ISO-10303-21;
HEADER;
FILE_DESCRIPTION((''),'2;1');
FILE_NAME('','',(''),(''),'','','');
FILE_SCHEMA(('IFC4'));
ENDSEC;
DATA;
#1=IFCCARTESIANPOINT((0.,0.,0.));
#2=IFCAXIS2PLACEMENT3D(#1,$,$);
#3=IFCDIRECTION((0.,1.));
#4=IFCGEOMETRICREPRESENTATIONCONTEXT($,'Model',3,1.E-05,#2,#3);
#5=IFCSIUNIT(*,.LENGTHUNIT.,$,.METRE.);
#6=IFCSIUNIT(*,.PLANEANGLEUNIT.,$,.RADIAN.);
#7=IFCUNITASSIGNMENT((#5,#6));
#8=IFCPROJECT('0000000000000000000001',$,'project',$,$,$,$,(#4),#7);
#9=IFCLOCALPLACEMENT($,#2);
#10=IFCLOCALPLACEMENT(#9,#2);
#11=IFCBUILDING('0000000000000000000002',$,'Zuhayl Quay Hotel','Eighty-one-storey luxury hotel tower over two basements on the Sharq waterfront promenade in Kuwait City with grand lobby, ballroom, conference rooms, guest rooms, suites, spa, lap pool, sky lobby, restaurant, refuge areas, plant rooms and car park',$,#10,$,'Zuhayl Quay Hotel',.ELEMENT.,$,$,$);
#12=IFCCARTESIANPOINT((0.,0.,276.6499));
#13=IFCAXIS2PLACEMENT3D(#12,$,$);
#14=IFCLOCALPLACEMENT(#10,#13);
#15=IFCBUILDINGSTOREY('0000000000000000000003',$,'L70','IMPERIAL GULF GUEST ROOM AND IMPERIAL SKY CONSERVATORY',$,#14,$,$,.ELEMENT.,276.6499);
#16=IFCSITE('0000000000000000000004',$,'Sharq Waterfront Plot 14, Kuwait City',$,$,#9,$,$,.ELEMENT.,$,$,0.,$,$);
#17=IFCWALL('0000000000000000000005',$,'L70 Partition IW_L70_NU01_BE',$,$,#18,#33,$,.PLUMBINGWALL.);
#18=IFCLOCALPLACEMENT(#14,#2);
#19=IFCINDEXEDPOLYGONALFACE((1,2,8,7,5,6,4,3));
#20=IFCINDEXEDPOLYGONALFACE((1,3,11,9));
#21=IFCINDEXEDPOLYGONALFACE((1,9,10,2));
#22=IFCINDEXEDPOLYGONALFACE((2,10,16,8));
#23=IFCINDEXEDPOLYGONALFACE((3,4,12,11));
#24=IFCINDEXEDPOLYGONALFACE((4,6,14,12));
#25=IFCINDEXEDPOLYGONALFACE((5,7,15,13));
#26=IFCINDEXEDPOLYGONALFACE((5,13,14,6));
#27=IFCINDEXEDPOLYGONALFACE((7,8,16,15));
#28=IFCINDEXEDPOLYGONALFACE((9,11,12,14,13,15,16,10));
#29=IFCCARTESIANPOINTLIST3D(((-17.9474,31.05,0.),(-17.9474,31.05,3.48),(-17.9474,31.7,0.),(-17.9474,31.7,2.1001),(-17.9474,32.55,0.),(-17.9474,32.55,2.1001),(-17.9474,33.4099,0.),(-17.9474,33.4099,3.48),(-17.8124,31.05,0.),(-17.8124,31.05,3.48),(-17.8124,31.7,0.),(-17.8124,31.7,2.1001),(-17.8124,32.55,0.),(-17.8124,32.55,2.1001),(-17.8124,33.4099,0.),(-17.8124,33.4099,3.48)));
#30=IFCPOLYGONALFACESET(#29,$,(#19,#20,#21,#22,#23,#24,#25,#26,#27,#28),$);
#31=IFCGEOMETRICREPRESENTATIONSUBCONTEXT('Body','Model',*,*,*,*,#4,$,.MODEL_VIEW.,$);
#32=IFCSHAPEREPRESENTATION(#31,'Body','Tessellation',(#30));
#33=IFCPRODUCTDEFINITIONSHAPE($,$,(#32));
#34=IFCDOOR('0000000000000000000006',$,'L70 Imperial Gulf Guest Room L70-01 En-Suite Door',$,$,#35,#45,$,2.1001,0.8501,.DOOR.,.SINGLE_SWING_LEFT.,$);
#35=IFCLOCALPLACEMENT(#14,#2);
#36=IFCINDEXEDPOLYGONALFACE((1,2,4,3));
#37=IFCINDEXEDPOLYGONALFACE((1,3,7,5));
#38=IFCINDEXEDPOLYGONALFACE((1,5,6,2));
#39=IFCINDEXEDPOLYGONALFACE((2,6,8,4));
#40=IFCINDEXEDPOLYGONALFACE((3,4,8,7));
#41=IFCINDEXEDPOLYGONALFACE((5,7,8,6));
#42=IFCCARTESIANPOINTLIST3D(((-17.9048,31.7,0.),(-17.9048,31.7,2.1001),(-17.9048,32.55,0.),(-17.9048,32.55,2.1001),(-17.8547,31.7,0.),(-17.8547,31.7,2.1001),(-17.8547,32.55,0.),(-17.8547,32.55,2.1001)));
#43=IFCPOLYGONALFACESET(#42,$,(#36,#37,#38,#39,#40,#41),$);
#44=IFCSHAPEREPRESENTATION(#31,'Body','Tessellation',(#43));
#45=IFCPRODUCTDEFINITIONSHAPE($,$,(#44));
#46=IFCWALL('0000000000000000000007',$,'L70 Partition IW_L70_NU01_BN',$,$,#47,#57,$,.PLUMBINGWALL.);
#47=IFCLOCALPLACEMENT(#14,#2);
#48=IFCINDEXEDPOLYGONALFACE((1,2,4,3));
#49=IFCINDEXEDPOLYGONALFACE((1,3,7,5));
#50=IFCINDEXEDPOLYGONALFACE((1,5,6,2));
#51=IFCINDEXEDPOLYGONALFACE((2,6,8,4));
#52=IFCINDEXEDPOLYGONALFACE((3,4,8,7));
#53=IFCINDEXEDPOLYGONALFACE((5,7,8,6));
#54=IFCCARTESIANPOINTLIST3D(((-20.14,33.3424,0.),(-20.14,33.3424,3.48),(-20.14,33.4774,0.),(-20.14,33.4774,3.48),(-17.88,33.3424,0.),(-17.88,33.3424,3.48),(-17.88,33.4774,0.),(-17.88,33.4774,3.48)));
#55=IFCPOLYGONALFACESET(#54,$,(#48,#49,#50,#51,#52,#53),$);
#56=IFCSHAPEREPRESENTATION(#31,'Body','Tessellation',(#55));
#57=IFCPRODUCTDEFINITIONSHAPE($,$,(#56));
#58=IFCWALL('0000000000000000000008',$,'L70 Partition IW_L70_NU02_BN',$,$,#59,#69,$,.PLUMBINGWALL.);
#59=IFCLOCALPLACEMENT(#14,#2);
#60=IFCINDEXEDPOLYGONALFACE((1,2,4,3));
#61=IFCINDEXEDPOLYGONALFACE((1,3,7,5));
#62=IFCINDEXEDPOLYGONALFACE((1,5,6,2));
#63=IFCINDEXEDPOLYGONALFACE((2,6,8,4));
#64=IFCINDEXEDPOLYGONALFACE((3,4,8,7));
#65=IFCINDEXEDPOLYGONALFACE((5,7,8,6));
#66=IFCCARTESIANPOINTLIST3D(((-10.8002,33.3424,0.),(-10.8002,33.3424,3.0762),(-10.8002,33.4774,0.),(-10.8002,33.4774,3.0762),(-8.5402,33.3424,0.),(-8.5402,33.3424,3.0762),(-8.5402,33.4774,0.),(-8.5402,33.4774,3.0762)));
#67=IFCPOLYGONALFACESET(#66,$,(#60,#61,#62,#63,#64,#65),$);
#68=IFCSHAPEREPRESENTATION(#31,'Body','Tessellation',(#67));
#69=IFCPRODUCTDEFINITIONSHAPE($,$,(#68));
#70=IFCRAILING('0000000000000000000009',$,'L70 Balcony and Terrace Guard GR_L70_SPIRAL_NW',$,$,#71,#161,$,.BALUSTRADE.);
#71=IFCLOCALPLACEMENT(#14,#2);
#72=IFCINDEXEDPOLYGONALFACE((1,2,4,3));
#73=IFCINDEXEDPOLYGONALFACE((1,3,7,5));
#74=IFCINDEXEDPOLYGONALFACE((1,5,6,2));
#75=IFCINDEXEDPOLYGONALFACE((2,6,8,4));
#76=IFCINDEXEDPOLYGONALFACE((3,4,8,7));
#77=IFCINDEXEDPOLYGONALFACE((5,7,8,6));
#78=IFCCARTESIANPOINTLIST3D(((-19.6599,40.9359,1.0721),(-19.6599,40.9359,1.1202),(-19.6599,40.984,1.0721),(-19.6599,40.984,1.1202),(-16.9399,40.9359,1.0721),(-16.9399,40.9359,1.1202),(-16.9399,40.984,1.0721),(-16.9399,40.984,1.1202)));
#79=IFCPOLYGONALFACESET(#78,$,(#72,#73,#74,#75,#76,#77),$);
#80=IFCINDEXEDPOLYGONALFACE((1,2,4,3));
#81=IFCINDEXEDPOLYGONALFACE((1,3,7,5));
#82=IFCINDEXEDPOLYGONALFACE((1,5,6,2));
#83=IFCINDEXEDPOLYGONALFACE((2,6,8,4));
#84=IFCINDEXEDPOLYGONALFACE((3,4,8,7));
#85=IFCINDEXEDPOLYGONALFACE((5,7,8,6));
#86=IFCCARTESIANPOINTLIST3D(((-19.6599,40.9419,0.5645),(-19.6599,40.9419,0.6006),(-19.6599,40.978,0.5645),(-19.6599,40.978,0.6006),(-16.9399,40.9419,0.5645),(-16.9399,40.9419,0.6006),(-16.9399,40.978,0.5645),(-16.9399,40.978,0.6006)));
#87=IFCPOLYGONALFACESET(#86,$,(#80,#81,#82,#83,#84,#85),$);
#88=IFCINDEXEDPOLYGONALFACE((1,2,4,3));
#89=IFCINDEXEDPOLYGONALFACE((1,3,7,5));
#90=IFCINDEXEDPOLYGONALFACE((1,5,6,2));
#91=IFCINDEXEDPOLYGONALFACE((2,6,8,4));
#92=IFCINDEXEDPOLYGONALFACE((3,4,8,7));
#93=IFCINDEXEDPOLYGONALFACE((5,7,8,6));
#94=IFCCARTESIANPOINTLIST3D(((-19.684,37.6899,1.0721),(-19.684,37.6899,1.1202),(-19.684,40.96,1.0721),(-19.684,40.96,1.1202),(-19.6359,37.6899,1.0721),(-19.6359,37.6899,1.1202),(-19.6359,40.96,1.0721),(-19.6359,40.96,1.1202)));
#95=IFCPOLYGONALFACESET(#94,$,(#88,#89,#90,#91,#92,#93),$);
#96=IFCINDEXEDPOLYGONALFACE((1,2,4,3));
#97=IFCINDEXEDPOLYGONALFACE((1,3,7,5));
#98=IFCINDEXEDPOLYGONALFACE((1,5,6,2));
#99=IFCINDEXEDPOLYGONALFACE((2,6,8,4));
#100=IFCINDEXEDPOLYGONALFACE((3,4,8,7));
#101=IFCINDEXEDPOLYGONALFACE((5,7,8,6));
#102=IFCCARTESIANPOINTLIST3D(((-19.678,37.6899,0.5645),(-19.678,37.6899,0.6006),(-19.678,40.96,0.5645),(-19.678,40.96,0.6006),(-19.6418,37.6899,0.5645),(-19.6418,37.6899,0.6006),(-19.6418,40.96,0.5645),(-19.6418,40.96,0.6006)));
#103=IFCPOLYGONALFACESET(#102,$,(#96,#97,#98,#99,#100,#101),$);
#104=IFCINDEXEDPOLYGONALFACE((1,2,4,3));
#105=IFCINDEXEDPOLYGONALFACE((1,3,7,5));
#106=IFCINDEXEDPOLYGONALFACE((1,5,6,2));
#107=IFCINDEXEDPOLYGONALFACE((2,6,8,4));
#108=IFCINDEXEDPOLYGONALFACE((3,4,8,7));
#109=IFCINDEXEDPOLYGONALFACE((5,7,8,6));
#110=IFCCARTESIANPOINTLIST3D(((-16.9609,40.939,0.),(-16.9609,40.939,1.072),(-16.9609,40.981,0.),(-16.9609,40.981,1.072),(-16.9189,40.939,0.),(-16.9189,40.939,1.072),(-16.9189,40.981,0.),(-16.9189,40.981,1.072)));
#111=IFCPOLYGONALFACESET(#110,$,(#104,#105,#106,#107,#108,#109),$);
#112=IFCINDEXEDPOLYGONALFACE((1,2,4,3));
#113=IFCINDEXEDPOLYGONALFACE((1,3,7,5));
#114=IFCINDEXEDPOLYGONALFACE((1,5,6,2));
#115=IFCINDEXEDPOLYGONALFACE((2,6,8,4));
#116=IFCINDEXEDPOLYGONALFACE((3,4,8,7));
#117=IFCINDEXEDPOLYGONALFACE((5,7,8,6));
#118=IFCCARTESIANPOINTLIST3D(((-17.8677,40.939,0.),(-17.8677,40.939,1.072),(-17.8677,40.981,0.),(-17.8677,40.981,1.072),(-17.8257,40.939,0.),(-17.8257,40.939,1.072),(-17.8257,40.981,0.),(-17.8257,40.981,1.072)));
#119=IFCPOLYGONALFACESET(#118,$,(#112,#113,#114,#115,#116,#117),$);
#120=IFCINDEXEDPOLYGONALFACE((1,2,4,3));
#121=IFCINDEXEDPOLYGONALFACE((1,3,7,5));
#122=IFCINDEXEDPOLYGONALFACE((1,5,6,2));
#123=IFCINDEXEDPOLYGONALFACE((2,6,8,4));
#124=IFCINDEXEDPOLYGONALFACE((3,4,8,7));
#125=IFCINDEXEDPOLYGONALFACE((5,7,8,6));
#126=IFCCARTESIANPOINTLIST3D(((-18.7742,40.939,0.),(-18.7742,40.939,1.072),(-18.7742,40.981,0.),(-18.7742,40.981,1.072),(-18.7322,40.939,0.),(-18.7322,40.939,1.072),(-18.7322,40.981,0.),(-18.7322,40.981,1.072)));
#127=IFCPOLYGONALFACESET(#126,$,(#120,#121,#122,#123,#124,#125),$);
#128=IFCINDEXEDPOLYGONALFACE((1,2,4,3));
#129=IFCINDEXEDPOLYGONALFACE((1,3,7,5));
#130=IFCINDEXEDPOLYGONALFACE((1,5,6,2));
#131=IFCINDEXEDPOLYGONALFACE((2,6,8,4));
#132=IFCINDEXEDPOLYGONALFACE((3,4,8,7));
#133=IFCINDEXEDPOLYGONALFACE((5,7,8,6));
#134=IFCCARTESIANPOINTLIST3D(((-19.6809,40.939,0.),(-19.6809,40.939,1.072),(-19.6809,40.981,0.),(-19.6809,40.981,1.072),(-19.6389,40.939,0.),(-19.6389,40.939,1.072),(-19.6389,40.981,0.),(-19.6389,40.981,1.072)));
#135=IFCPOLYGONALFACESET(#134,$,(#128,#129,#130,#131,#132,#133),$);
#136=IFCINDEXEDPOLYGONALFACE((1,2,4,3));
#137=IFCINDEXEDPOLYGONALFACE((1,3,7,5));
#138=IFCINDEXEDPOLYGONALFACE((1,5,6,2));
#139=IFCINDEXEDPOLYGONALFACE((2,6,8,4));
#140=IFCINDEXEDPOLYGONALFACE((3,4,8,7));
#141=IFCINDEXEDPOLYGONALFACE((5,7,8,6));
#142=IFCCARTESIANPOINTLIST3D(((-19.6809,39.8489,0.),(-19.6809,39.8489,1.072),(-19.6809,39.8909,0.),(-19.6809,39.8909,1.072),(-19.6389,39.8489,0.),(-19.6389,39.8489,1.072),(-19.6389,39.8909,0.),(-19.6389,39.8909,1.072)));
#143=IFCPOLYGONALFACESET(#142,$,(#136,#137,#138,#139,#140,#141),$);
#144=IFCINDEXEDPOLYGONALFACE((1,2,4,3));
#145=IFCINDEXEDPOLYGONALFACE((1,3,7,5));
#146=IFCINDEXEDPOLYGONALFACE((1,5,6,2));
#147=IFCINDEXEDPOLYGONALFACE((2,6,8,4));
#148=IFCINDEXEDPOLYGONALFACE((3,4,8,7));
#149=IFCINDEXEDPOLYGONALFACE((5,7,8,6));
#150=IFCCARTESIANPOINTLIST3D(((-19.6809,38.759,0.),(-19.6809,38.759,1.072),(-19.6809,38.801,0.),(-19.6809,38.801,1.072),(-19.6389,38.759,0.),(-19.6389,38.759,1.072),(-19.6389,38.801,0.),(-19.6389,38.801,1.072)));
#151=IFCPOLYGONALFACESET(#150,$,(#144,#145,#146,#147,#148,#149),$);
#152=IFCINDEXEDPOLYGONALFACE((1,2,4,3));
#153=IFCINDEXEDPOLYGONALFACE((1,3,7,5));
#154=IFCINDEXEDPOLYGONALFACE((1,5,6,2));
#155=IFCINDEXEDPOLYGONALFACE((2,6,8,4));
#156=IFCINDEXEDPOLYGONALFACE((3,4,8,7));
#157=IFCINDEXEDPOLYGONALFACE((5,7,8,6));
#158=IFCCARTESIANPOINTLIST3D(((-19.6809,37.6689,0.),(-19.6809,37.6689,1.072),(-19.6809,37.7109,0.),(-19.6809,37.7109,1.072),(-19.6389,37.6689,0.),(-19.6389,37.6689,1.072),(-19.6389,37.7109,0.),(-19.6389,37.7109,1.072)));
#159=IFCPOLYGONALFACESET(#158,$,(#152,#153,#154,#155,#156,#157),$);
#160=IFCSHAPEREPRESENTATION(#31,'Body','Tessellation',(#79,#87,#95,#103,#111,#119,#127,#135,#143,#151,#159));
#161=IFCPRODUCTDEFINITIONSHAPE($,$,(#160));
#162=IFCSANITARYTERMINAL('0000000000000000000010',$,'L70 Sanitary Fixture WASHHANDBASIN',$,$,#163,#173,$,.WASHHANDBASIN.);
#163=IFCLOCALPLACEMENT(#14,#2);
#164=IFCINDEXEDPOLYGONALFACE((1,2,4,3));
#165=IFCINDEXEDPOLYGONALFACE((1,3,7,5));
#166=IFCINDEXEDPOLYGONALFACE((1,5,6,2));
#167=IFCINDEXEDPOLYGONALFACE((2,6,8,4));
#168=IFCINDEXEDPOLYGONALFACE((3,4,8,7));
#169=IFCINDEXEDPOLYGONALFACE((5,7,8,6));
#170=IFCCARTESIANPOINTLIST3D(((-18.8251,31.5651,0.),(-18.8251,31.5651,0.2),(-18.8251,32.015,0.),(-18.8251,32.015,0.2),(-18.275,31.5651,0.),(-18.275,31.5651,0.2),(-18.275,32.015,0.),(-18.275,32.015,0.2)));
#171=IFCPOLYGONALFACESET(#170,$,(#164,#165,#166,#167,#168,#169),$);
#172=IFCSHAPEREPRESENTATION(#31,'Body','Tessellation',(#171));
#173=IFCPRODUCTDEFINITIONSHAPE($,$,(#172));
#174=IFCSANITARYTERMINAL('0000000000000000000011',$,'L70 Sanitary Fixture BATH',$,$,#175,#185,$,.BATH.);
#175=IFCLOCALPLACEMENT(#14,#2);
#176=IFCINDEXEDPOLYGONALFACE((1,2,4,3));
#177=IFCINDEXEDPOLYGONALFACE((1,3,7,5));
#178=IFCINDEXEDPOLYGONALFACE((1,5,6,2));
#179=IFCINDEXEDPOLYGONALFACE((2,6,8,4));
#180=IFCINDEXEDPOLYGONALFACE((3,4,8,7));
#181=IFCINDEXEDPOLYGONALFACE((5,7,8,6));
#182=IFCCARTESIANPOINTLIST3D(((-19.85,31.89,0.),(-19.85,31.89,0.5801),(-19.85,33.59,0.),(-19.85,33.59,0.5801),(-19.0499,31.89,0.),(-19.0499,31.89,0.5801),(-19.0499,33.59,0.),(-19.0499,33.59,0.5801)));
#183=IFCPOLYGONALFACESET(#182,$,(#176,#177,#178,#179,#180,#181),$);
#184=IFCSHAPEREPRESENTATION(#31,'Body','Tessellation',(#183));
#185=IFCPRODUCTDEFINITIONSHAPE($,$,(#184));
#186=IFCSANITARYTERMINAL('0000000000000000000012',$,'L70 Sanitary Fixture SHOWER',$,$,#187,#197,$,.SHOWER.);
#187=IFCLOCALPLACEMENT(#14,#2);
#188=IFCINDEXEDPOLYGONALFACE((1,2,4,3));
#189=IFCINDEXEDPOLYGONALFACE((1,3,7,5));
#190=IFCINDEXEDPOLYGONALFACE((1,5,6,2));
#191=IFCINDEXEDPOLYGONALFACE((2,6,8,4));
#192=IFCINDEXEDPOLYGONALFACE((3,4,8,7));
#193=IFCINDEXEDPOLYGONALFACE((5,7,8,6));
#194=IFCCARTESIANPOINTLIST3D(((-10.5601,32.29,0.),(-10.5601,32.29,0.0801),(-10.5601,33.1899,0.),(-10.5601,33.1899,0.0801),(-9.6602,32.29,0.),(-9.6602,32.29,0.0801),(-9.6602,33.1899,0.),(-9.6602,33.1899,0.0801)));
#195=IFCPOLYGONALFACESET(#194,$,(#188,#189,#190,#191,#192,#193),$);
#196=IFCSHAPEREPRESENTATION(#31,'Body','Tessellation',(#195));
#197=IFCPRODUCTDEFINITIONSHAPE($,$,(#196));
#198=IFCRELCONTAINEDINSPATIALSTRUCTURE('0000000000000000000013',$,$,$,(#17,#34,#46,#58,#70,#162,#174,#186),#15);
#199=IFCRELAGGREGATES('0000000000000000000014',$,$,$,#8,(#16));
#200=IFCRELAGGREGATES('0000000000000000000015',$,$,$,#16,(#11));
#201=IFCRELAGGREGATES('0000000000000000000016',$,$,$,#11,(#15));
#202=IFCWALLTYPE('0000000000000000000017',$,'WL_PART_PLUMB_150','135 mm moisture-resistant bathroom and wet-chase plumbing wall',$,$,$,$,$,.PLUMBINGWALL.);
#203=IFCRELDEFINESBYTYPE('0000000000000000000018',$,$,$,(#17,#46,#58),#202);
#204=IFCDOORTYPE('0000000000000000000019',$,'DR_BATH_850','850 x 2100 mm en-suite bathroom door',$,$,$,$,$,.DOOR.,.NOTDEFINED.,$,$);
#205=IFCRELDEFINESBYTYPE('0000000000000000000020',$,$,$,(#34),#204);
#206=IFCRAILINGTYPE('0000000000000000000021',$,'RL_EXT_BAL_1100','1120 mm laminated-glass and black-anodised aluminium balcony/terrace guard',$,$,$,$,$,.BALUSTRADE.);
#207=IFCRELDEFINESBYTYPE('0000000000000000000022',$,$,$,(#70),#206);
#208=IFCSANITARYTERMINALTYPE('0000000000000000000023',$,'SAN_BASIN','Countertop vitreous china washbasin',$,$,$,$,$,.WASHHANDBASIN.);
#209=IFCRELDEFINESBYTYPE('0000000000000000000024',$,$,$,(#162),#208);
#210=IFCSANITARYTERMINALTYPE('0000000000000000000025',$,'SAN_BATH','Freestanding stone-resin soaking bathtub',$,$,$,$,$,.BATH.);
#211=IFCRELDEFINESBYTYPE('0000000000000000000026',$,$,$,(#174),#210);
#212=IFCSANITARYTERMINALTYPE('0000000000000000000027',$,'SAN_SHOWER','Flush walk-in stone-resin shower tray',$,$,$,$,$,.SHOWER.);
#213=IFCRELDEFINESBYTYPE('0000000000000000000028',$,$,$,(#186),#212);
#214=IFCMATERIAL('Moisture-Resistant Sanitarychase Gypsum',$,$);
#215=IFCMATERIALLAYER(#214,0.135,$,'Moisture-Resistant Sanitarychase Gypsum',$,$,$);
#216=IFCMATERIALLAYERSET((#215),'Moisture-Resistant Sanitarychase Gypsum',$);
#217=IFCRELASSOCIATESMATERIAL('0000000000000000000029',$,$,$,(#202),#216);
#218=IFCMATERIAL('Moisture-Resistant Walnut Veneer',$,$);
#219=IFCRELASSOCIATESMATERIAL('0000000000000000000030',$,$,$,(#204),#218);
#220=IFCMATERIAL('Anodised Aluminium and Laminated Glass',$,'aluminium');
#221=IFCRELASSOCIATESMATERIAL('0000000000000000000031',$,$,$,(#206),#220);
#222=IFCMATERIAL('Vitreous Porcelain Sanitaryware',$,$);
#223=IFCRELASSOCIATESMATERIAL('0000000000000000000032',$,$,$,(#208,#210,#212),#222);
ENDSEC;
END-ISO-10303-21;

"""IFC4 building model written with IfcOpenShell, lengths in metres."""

from ifc_helpers import new_model, si_unit, direction, frame, frame_2d, origin, origin_2d, place, context, subcontext, project, spatial, rectangle, extrude, material, layer, layer_set, type_object, element, fill, save


model = new_model("IFC4")

# Units and contexts
model_context = context("Model", 3, precision=1e-05, world=origin(), true_north=direction((0.0, 1.0)))
body_context = subcontext(model_context, "Body", "Model", "MODEL_VIEW")
ifc_project = project(units=[si_unit("LENGTHUNIT", "METRE"), si_unit("PLANEANGLEUNIT", "RADIAN")], contexts=[model_context])

# Site, building, storey
site_placement = place(None, origin())
site = spatial("IfcSite", under=ifc_project, at=site_placement, Name="Sharq Waterfront Plot 14, Kuwait City", CompositionType="ELEMENT", RefElevation=0.0)
building_placement = place(site_placement, origin())
building = spatial("IfcBuilding", under=site, at=building_placement, Name="Zuhayl Quay Hotel", Description="Eighty-one-storey luxury hotel tower over two basements on the Sharq waterfront promenade in Kuwait City with grand lobby, ballroom, conference rooms, guest rooms, suites, spa, lap pool, sky lobby, restaurant, refuge areas, plant rooms and car park", LongName="Zuhayl Quay Hotel", CompositionType="ELEMENT")
storey_placement = place(building_placement, frame((0.0, 0.0, 276.6499)))
storey = spatial("IfcBuildingStorey", under=building, at=storey_placement, Name="L70", Description="IMPERIAL GULF GUEST ROOM AND IMPERIAL SKY CONSERVATORY", CompositionType="ELEMENT", Elevation=276.6499)

# Wall, opening, door
ifc_material_1 = material(Name="Moisture-Resistant Sanitarychase Gypsum")
ifc_layer_1 = layer(ifc_material_1, 0.135, Name="Moisture-Resistant Sanitarychase Gypsum")
ifc_layer_set_1 = layer_set([ifc_layer_1], Name="Moisture-Resistant Sanitarychase Gypsum")
wall_type_1 = type_object("IfcWallType", Name="WL_PART_PLUMB_150", Description="135 mm moisture-resistant bathroom and wet-chase plumbing wall", PredefinedType="PLUMBINGWALL", material=ifc_layer_set_1)
wall_1_placement = place(storey_placement, frame((-17.8799, 31.05, 0.0), z_axis=(0.0, 0.0, 1.0), x_axis=(0.0, 1.0, 0.0)))
wall_1 = element("IfcWall", 1, at=wall_1_placement, inside=storey, type_object=wall_type_1, Name="L70 Partition IW_L70_NU01_BE", PredefinedType="PLUMBINGWALL", context=body_context, shape_type="SweptSolid", body=[
    extrude(rectangle(XDim=2.3599, YDim=0.135, at=frame_2d((1.1799, 0.0))), origin(), (0.0, 0.0, 1.0), 3.48),
])
opening_1_placement = place(wall_1_placement, frame((0.6499, 0.0, 0.0)))
opening_1 = element("IfcOpeningElement", 2, at=opening_1_placement, cuts=wall_1, PredefinedType="OPENING", context=body_context, shape_type="SweptSolid", body=[
    extrude(rectangle(XDim=0.8501, YDim=2.1001, at=frame_2d((0.425, 1.05))), frame((0.0, 0.0774, 0.0), z_axis=(0.0, -1.0, 0.0), x_axis=(1.0, 0.0, 0.0)), (0.0, 0.0, 1.0), 0.155),
])
ifc_material_2 = material(Name="Moisture-Resistant Walnut Veneer")
door_type_1 = type_object("IfcDoorType", Name="DR_BATH_850", Description="850 x 2100 mm en-suite bathroom door", OperationType="NOTDEFINED", PredefinedType="DOOR", material=ifc_material_2)
door_1_placement = place(opening_1_placement, origin())
door_1 = element("IfcDoor", 3, at=door_1_placement, inside=storey, type_object=door_type_1, Name="L70 Imperial Gulf Guest Room L70-01 En-Suite Door", OperationType="SINGLE_SWING_LEFT", OverallHeight=2.1001, OverallWidth=0.8501, PredefinedType="DOOR", context=body_context, shape_type="SweptSolid", body=[
    extrude(rectangle(XDim=0.8501, YDim=2.1001, at=frame_2d((0.425, 1.05))), frame((0.0, 0.0249, 0.0), z_axis=(0.0, -1.0, 0.0), x_axis=(1.0, 0.0, 0.0)), (0.0, 0.0, 1.0), 0.05),
])
fill(opening_1, door_1)

# Walls
wall_2_placement = place(storey_placement, frame((-20.1399, 33.4099, 0.0), z_axis=(0.0, 0.0, 1.0), x_axis=(1.0, 0.0, 0.0)))
element("IfcWall", 4, at=wall_2_placement, inside=storey, type_object=wall_type_1, Name="L70 Partition IW_L70_NU01_BN", PredefinedType="PLUMBINGWALL", context=body_context, shape_type="SweptSolid", body=[
    extrude(rectangle(XDim=2.26, YDim=0.135, at=frame_2d((1.1299, 0.0))), origin(), (0.0, 0.0, 1.0), 3.48),
])
wall_3_placement = place(storey_placement, frame((-10.8, 33.4099, 0.0), z_axis=(0.0, 0.0, 1.0), x_axis=(1.0, 0.0, 0.0)))
element("IfcWall", 5, at=wall_3_placement, inside=storey, type_object=wall_type_1, Name="L70 Partition IW_L70_NU02_BN", PredefinedType="PLUMBINGWALL", context=body_context, shape_type="SweptSolid", body=[
    extrude(rectangle(XDim=2.26, YDim=0.135, at=frame_2d((1.1299, 0.0))), origin(), (0.0, 0.0, 1.0), 3.0762),
])

# Railing
ifc_material_3 = material(Name="Anodised Aluminium and Laminated Glass", Category="aluminium")
railing_type = type_object("IfcRailingType", Name="RL_EXT_BAL_1100", Description="1120 mm laminated-glass and black-anodised aluminium balcony/terrace guard", PredefinedType="BALUSTRADE", material=ifc_material_3)
railing_1_placement = place(storey_placement, frame((-16.9399, 40.96, 0.0)))
element("IfcRailing", 6, at=railing_1_placement, inside=storey, type_object=railing_type, Name="L70 Balcony and Terrace Guard GR_L70_SPIRAL_NW", PredefinedType="BALUSTRADE", context=body_context, shape_type="SweptSolid", body=[
    extrude(rectangle(XDim=0.0481, YDim=0.0481, at=origin_2d()), frame((0.0, 0.0, 1.0962), z_axis=(-1.0, 0.0, 0.0), x_axis=(0.0, -1.0, 0.0)), (0.0, 0.0, 1.0), 2.72),
    extrude(rectangle(XDim=0.0361, YDim=0.0361, at=origin_2d()), frame((0.0, 0.0, 0.5825), z_axis=(-1.0, 0.0, 0.0), x_axis=(0.0, -1.0, 0.0)), (0.0, 0.0, 1.0), 2.72),
    extrude(rectangle(XDim=0.0481, YDim=0.0481, at=origin_2d()), frame((-2.72, 0.0, 1.0962), z_axis=(0.0, -1.0, 0.0), x_axis=(1.0, 0.0, 0.0)), (0.0, 0.0, 1.0), 3.27),
    extrude(rectangle(XDim=0.0361, YDim=0.0361, at=origin_2d()), frame((-2.72, 0.0, 0.5825), z_axis=(0.0, -1.0, 0.0), x_axis=(1.0, 0.0, 0.0)), (0.0, 0.0, 1.0), 3.27),
    extrude(rectangle(XDim=0.042, YDim=0.042, at=origin_2d()), origin(), (0.0, 0.0, 1.0), 1.072),
    extrude(rectangle(XDim=0.042, YDim=0.042, at=origin_2d()), frame((-0.9067, 0.0, 0.0)), (0.0, 0.0, 1.0), 1.072),
    extrude(rectangle(XDim=0.042, YDim=0.042, at=origin_2d()), frame((-1.8132, 0.0, 0.0)), (0.0, 0.0, 1.0), 1.072),
    extrude(rectangle(XDim=0.042, YDim=0.042, at=origin_2d()), frame((-2.72, 0.0, 0.0)), (0.0, 0.0, 1.0), 1.072),
    extrude(rectangle(XDim=0.042, YDim=0.042, at=origin_2d()), frame((-2.72, -1.0901, 0.0)), (0.0, 0.0, 1.0), 1.072),
    extrude(rectangle(XDim=0.042, YDim=0.042, at=origin_2d()), frame((-2.72, -2.1799, 0.0)), (0.0, 0.0, 1.0), 1.072),
    extrude(rectangle(XDim=0.042, YDim=0.042, at=origin_2d()), frame((-2.72, -3.27, 0.0)), (0.0, 0.0, 1.0), 1.072),
])

# Sanitary terminals
ifc_material_4 = material(Name="Vitreous Porcelain Sanitaryware")
sanitary_terminal_type_1 = type_object("IfcSanitaryTerminalType", Name="SAN_BASIN", Description="Countertop vitreous china washbasin", PredefinedType="WASHHANDBASIN", material=ifc_material_4)
sanitary_terminal_1_placement = place(storey_placement, frame((-18.55, 31.79, 0.0), z_axis=(0.0, 0.0, 1.0), x_axis=(1.0, 0.0, 0.0)))
element("IfcSanitaryTerminal", 7, at=sanitary_terminal_1_placement, inside=storey, type_object=sanitary_terminal_type_1, Name="L70 Sanitary Fixture WASHHANDBASIN", PredefinedType="WASHHANDBASIN", context=body_context, shape_type="SweptSolid", body=[
    extrude(rectangle(XDim=0.55, YDim=0.45, at=origin_2d()), origin(), (0.0, 0.0, 1.0), 0.2),
])
sanitary_terminal_type_2 = type_object("IfcSanitaryTerminalType", Name="SAN_BATH", Description="Freestanding stone-resin soaking bathtub", PredefinedType="BATH", material=ifc_material_4)
sanitary_terminal_2_placement = place(storey_placement, frame((-19.45, 32.74, 0.0), z_axis=(0.0, 0.0, 1.0), x_axis=(1.0, 0.0, 0.0)))
element("IfcSanitaryTerminal", 8, at=sanitary_terminal_2_placement, inside=storey, type_object=sanitary_terminal_type_2, Name="L70 Sanitary Fixture BATH", PredefinedType="BATH", context=body_context, shape_type="SweptSolid", body=[
    extrude(rectangle(XDim=0.8, YDim=1.7, at=origin_2d()), origin(), (0.0, 0.0, 1.0), 0.5801),
])
sanitary_terminal_type_3 = type_object("IfcSanitaryTerminalType", Name="SAN_SHOWER", Description="Flush walk-in stone-resin shower tray", PredefinedType="SHOWER", material=ifc_material_4)
sanitary_terminal_3_placement = place(storey_placement, frame((-10.1101, 32.74, 0.0), z_axis=(0.0, 0.0, 1.0), x_axis=(1.0, 0.0, 0.0)))
element("IfcSanitaryTerminal", 9, at=sanitary_terminal_3_placement, inside=storey, type_object=sanitary_terminal_type_3, Name="L70 Sanitary Fixture SHOWER", PredefinedType="SHOWER", context=body_context, shape_type="SweptSolid", body=[
    extrude(rectangle(XDim=0.8999, YDim=0.8999, at=origin_2d()), origin(), (0.0, 0.0, 1.0), 0.0801),
])

save(model, "model.ifc")
